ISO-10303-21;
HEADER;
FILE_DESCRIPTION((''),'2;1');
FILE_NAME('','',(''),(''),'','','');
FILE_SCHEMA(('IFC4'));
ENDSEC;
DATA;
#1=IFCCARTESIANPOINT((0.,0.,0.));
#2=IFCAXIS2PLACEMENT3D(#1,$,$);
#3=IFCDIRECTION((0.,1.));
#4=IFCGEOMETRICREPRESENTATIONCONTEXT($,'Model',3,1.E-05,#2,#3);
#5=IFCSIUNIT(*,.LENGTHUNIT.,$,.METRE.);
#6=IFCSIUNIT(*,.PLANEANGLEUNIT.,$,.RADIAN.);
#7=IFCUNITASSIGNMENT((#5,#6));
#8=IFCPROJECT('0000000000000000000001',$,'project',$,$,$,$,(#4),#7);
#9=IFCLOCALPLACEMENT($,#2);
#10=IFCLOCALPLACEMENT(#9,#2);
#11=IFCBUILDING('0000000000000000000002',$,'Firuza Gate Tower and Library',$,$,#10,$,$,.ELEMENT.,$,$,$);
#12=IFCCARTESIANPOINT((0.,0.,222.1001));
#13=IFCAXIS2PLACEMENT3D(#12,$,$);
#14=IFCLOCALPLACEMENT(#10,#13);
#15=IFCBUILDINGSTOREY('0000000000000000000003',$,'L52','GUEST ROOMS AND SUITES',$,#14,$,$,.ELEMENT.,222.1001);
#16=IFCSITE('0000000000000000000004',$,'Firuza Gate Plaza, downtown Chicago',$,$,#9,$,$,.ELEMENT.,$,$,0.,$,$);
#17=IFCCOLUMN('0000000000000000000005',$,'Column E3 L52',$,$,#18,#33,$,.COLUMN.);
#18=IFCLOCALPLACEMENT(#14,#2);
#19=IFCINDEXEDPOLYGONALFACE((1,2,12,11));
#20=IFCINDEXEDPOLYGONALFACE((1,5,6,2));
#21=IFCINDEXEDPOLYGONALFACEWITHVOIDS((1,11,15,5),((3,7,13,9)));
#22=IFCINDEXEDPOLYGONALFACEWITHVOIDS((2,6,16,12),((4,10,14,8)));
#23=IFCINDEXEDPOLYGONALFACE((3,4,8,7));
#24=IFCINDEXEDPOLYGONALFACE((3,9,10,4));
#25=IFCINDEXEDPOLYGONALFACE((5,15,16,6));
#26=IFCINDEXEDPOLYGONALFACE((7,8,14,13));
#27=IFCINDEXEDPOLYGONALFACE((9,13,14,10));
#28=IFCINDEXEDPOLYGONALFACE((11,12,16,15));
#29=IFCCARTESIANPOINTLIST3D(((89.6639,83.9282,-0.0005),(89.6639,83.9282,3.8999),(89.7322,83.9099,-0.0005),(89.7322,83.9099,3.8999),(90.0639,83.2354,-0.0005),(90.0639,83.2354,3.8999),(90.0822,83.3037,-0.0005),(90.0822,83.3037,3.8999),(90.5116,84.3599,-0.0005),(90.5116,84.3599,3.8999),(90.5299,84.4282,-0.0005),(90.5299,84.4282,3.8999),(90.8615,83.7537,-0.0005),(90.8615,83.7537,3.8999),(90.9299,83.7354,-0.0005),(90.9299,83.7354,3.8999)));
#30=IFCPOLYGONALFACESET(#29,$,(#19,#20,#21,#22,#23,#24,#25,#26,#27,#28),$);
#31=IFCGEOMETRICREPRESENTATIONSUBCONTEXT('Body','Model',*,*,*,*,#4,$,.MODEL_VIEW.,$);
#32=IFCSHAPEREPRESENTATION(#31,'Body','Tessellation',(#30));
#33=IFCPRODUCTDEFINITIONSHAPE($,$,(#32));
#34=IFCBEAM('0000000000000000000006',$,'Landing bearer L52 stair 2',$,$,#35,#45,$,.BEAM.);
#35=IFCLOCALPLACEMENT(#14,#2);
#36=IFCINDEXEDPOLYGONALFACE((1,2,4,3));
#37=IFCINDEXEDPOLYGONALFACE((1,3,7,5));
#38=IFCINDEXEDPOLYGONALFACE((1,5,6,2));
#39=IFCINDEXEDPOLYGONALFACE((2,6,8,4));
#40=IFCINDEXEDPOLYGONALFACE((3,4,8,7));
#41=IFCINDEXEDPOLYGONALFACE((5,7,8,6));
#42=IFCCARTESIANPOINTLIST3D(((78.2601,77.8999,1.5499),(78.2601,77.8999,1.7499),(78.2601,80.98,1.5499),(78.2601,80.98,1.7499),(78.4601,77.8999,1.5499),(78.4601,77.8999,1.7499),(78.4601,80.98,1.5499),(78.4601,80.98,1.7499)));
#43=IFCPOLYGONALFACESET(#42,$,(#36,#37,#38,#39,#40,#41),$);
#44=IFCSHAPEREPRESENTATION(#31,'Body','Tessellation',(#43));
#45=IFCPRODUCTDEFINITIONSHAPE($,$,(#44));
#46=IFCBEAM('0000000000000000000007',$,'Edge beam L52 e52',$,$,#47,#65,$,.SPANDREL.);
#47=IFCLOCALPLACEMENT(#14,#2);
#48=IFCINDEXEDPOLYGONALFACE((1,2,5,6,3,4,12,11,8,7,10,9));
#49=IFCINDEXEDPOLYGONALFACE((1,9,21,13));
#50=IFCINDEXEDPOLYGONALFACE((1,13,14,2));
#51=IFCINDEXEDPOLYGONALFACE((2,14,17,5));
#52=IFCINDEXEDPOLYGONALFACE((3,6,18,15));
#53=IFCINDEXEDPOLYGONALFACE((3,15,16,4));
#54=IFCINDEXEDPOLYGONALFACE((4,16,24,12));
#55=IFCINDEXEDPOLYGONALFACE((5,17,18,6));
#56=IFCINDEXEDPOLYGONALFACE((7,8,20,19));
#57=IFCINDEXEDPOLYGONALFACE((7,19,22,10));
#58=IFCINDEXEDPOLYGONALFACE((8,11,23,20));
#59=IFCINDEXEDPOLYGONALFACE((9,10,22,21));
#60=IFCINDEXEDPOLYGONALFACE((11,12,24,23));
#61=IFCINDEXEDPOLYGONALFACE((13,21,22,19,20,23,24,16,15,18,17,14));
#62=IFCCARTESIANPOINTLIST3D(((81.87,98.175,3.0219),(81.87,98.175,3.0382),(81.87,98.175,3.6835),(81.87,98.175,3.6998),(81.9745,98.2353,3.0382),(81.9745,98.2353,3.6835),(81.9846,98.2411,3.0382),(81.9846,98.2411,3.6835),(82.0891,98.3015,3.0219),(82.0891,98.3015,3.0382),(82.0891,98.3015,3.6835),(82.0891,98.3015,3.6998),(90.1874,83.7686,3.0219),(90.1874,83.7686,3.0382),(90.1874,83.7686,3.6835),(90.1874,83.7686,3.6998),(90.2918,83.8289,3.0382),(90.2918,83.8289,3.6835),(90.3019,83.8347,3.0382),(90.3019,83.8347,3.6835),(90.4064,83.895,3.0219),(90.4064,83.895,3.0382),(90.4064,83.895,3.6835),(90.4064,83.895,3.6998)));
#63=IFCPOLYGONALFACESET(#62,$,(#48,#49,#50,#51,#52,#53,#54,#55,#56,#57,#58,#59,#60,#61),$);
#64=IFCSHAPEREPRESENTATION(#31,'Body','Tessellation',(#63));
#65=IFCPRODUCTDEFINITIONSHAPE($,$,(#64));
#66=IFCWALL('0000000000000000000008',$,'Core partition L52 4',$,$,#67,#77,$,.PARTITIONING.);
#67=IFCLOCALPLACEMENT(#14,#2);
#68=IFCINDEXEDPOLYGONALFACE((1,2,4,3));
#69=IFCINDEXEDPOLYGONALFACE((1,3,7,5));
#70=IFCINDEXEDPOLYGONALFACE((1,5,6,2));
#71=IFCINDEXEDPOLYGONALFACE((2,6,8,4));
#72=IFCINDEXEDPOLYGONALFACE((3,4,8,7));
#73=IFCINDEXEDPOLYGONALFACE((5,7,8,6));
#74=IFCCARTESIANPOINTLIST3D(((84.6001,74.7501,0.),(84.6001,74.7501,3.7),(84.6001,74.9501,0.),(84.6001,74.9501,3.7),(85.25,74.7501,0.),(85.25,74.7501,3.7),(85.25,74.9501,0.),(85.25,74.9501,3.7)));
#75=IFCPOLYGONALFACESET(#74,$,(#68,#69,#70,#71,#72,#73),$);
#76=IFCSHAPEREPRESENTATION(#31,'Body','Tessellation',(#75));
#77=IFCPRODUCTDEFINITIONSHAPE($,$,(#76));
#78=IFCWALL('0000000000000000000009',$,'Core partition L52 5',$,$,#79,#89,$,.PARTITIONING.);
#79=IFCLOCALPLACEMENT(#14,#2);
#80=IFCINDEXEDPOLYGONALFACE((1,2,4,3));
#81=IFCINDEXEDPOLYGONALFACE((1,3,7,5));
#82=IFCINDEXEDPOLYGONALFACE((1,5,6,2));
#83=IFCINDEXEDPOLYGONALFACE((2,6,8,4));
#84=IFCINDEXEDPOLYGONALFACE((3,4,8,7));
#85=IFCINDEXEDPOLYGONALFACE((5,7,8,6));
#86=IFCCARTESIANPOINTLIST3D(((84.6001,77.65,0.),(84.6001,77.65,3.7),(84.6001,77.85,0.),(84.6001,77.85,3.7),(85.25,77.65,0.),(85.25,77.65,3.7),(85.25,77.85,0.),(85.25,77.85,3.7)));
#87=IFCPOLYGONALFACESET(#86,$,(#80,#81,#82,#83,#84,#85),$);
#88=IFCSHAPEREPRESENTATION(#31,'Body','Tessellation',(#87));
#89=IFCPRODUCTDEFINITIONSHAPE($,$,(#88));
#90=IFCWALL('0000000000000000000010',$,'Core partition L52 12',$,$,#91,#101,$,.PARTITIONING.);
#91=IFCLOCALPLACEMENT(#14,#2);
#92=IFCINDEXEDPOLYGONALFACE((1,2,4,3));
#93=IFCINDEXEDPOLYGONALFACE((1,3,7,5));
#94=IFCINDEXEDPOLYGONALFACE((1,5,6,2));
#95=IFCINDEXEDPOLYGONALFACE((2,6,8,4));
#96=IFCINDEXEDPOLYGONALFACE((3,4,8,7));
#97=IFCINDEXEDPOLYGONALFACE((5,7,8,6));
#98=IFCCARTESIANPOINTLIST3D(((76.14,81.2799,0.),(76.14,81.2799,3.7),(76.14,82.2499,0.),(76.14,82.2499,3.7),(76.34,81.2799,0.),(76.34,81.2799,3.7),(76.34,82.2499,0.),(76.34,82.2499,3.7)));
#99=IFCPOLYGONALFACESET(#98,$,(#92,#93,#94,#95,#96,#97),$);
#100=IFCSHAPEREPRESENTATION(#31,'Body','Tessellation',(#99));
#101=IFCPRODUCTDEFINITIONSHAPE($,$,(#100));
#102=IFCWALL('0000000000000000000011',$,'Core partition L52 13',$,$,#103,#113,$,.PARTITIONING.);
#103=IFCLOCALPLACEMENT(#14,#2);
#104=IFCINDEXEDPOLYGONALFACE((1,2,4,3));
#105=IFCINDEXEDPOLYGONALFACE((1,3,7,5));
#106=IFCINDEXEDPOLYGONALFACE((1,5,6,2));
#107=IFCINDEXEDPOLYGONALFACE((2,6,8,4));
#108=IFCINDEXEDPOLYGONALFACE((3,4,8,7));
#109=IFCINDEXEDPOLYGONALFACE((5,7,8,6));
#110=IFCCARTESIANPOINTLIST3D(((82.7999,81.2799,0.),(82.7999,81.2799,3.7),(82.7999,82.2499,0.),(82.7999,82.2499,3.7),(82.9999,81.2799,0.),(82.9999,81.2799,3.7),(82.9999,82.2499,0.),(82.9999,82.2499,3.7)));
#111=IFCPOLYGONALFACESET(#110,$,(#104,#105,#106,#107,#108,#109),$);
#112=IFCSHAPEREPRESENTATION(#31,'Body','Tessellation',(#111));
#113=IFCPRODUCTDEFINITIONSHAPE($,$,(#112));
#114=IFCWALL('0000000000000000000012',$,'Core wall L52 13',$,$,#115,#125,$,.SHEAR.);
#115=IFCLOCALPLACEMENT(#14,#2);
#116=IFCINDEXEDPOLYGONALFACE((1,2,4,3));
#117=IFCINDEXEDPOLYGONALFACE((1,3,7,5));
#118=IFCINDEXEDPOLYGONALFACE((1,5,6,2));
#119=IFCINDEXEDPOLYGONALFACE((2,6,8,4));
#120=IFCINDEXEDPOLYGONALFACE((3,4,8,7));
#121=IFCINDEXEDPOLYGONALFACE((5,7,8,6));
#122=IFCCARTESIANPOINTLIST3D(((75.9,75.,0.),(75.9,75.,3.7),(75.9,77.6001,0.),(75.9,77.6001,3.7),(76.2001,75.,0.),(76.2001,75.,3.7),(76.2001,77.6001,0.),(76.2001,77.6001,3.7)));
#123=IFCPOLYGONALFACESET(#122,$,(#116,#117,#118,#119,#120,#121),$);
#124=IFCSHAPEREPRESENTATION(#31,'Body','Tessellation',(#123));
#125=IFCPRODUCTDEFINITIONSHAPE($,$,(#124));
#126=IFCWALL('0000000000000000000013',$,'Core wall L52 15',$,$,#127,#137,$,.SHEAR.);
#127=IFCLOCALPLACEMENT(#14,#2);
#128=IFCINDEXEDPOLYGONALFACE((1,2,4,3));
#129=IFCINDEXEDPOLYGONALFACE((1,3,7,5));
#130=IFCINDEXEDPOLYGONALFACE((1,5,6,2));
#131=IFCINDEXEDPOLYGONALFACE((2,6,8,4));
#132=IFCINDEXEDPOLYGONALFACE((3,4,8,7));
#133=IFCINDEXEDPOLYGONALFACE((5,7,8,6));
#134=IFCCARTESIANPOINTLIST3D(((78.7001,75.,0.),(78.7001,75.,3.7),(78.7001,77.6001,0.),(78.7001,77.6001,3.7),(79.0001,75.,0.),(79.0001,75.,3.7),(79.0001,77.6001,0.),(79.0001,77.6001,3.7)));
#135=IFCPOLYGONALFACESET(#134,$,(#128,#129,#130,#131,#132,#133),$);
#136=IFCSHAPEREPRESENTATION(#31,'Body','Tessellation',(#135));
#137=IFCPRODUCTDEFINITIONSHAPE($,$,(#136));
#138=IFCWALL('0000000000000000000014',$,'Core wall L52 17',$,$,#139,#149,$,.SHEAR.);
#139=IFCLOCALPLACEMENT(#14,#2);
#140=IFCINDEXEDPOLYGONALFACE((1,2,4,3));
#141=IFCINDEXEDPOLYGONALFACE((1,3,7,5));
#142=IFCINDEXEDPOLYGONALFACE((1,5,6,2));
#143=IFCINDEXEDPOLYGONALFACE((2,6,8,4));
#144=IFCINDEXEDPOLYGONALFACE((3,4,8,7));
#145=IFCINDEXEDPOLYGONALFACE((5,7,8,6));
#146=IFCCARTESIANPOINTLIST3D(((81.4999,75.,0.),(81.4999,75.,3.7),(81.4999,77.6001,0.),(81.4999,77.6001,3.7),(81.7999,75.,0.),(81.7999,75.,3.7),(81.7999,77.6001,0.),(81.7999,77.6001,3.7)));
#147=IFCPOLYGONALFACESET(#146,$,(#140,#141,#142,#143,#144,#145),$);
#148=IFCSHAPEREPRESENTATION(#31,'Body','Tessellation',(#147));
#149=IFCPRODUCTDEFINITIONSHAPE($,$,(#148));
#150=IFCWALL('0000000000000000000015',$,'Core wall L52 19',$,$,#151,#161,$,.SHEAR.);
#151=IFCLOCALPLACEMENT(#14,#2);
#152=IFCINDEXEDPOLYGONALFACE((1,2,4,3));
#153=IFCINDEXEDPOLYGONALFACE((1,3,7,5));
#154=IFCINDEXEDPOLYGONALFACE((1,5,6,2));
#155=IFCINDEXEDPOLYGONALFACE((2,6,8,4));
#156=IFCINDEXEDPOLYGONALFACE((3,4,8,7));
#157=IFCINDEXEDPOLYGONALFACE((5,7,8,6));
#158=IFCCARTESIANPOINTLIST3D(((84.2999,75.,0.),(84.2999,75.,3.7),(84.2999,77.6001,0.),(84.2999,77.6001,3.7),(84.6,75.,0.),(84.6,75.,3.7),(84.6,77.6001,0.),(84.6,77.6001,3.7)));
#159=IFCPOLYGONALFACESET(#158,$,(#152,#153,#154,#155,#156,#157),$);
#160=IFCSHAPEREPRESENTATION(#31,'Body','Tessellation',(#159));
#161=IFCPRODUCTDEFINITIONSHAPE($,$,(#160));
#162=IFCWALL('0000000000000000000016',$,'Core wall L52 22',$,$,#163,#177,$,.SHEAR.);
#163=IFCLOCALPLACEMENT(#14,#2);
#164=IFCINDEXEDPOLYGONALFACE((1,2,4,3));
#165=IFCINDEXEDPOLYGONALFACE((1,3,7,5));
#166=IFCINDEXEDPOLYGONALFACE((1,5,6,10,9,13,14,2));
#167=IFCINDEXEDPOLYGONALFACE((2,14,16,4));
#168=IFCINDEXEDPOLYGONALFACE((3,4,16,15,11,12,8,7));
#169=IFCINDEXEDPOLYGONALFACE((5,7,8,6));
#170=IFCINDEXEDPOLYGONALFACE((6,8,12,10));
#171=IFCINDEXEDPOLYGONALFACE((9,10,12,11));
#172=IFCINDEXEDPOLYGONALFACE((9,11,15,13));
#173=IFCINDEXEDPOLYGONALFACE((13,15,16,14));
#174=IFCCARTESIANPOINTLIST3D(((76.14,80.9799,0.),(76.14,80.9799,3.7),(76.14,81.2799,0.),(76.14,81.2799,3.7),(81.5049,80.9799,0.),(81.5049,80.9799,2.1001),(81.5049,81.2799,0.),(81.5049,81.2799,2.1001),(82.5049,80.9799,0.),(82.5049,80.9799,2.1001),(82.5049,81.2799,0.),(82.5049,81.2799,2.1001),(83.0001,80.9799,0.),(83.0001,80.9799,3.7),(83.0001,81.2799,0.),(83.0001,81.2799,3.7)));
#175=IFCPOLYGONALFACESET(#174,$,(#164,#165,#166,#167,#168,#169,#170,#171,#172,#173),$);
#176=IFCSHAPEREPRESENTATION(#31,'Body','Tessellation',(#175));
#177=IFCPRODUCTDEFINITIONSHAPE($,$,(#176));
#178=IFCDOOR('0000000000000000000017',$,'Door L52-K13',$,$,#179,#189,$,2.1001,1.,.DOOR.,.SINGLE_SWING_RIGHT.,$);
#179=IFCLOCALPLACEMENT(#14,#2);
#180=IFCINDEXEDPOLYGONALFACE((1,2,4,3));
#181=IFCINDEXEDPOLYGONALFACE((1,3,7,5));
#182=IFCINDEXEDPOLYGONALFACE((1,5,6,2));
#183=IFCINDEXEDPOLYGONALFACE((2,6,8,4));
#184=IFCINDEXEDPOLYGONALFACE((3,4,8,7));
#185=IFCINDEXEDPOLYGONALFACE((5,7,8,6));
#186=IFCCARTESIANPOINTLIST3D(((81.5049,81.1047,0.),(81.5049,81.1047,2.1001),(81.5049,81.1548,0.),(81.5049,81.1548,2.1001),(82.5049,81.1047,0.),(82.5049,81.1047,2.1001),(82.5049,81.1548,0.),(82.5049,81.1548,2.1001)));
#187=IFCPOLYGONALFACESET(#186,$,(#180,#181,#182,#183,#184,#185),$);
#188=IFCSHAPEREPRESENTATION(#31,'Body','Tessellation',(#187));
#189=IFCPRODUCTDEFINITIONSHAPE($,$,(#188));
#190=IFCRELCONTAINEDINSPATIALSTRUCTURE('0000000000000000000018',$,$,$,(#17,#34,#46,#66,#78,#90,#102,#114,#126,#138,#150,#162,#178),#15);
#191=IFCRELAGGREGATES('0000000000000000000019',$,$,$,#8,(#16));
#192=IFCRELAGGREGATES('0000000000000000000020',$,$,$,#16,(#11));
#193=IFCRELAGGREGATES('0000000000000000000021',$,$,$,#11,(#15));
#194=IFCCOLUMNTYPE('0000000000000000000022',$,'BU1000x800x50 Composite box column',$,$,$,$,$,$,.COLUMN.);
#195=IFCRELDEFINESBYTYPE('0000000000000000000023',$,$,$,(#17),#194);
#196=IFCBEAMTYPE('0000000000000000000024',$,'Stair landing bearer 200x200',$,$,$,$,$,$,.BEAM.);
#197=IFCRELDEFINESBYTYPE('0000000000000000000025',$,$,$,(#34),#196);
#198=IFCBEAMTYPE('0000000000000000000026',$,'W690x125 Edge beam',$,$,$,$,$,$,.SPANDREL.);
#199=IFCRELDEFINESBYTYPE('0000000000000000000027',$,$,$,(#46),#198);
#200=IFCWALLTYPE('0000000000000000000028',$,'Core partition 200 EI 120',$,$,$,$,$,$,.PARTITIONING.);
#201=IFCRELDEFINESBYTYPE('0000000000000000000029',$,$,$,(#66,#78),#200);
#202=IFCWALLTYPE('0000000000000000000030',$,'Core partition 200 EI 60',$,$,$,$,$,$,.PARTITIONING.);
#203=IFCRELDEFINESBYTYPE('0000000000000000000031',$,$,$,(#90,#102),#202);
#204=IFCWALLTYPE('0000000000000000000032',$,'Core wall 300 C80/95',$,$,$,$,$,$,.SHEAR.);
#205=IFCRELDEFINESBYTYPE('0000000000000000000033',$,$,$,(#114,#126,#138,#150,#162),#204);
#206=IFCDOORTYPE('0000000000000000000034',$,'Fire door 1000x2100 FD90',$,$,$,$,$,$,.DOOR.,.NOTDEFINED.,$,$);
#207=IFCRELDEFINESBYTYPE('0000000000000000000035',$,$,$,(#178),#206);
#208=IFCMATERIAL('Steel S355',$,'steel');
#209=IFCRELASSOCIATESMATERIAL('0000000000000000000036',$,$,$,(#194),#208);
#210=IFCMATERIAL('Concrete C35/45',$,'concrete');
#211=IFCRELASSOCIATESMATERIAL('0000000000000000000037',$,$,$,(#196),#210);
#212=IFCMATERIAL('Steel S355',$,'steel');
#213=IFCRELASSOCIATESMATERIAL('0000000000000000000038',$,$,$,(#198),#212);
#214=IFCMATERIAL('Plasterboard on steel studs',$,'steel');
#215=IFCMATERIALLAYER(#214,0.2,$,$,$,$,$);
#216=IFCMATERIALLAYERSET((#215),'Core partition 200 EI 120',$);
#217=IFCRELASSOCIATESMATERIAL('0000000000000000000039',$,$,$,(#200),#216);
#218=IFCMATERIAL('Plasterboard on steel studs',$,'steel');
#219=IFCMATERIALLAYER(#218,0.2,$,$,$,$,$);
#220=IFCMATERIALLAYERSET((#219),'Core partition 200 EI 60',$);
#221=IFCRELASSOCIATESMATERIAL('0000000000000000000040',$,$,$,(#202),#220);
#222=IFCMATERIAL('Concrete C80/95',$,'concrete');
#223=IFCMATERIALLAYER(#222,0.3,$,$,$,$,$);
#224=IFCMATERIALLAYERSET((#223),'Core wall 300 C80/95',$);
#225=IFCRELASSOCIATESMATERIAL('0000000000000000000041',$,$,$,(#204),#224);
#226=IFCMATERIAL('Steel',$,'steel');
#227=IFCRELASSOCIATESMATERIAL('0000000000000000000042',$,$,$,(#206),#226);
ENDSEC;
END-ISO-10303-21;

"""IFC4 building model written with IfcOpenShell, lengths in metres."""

from ifc_helpers import new_model, si_unit, direction, frame, frame_2d, origin, origin_2d, place, context, subcontext, project, spatial, rectangle, hollow_rectangle, i_section, extrude, material, layer, layer_set, material_profile, profile_set, type_object, element, fill, save


model = new_model("IFC4")

# Units and contexts
model_context = context("Model", 3, precision=1e-05, world=origin(), true_north=direction((0.0, 1.0)))
body_context = subcontext(model_context, "Body", "Model", "MODEL_VIEW")
ifc_project = project(units=[si_unit("LENGTHUNIT", "METRE"), si_unit("PLANEANGLEUNIT", "RADIAN")], contexts=[model_context])

# Site, building, storey
site_placement = place(None, origin())
site = spatial("IfcSite", under=ifc_project, at=site_placement, Name="Firuza Gate Plaza, downtown Chicago", CompositionType="ELEMENT", RefElevation=0.0)
building_placement = place(site_placement, origin())
building = spatial("IfcBuilding", under=site, at=building_placement, Name="Firuza Gate Tower and Library", CompositionType="ELEMENT")
storey_placement = place(building_placement, frame((0.0, 0.0, 222.1001)))
storey = spatial("IfcBuildingStorey", under=building, at=storey_placement, Name="L52", Description="GUEST ROOMS AND SUITES", CompositionType="ELEMENT", Elevation=222.1001)

# Column
ifc_material_1 = material(Name="Steel S355", Category="steel")
ifc_material_profile_1 = material_profile(ifc_material_1, hollow_rectangle(XDim=0.8, YDim=1.0, WallThickness=0.05, at=origin_2d()))
ifc_profile_set_1 = profile_set([ifc_material_profile_1], Name="Steel S355")
column_type = type_object("IfcColumnType", Name="BU1000x800x50 Composite box column", PredefinedType="COLUMN", material=ifc_profile_set_1)
column_placement = place(storey_placement, frame((90.2969, 83.8318, -0.0005), z_axis=(0.0, 0.0, 1.0), x_axis=(-0.5, 0.866025, 0.0)))
element("IfcColumn", 1, at=column_placement, inside=storey, type_object=column_type, Name="Column E3 L52", PredefinedType="COLUMN", context=body_context, shape_type="SweptSolid", body=[
    extrude(hollow_rectangle(XDim=0.8, YDim=1.0, WallThickness=0.05, at=origin_2d()), origin(), (0.0, 0.0, 1.0), 3.9004),
])

# Beams
ifc_material_2 = material(Name="Concrete C35/45", Category="concrete")
ifc_material_profile_2 = material_profile(ifc_material_2, rectangle(XDim=0.2, YDim=0.2, at=origin_2d()))
ifc_profile_set_2 = profile_set([ifc_material_profile_2], Name="Concrete C35/45")
beam_type_1 = type_object("IfcBeamType", Name="Stair landing bearer 200x200", PredefinedType="BEAM", material=ifc_profile_set_2)
beam_1_placement = place(storey_placement, frame((78.3601, 80.98, 1.6499), z_axis=(0.0, -1.0, 0.0), x_axis=(1.0, 0.0, 0.0)))
element("IfcBeam", 2, at=beam_1_placement, inside=storey, type_object=beam_type_1, Name="Landing bearer L52 stair 2", PredefinedType="BEAM", context=body_context, shape_type="SweptSolid", body=[
    extrude(rectangle(XDim=0.2, YDim=0.2, at=origin_2d()), origin(), (0.0, 0.0, 1.0), 3.0801),
])
ifc_material_3 = material(Name="Steel S355", Category="steel")
ifc_material_profile_3 = material_profile(ifc_material_3, i_section(OverallWidth=0.2529, OverallDepth=0.678, WebThickness=0.0117, FlangeThickness=0.0164, at=origin_2d()))
ifc_profile_set_3 = profile_set([ifc_material_profile_3], Name="Steel S355")
beam_type_2 = type_object("IfcBeamType", Name="W690x125 Edge beam", PredefinedType="SPANDREL", material=ifc_profile_set_3)
beam_2_placement = place(storey_placement, frame((90.2969, 83.8318, 3.3608), z_axis=(-0.499991, 0.866031, 0.0), x_axis=(-0.866031, -0.499991, 0.0)))
element("IfcBeam", 3, at=beam_2_placement, inside=storey, type_object=beam_type_2, Name="Edge beam L52 e52", PredefinedType="SPANDREL", context=body_context, shape_type="SweptSolid", body=[
    extrude(i_section(OverallWidth=0.2529, OverallDepth=0.678, WebThickness=0.0117, FlangeThickness=0.0164, at=origin_2d()), origin(), (0.0, 0.0, 1.0), 16.635),
])

# Walls
ifc_material_4 = material(Name="Plasterboard on steel studs", Category="steel")
ifc_layer_1 = layer(ifc_material_4, 0.2)
ifc_layer_set_1 = layer_set([ifc_layer_1], Name="Core partition 200 EI 120")
wall_type_1 = type_object("IfcWallType", Name="Core partition 200 EI 120", PredefinedType="PARTITIONING", material=ifc_layer_set_1)
for number, where, z_axis, x_axis, name in (
    (4, (84.6001, 74.8501, 0.0), (0.0, 0.0, 1.0), (1.0, 0.0, 0.0), "Core partition L52 4"),
    (5, (84.6001, 77.75, 0.0), (0.0, 0.0, 1.0), (1.0, 0.0, 0.0), "Core partition L52 5"),
):
    element("IfcWall", number, at=place(storey_placement, frame(where, z_axis=z_axis, x_axis=x_axis)), inside=storey, type_object=wall_type_1, Name=name, PredefinedType="PARTITIONING", context=body_context, shape_type="SweptSolid", body=[
        extrude(rectangle(XDim=0.6499, YDim=0.2, at=frame_2d((0.325, 0.0))), origin(), (0.0, 0.0, 1.0), 3.7),
    ])
ifc_material_5 = material(Name="Plasterboard on steel studs", Category="steel")
ifc_layer_2 = layer(ifc_material_5, 0.2)
ifc_layer_set_2 = layer_set([ifc_layer_2], Name="Core partition 200 EI 60")
wall_type_2 = type_object("IfcWallType", Name="Core partition 200 EI 60", PredefinedType="PARTITIONING", material=ifc_layer_set_2)
for number, where, z_axis, x_axis, name in (
    (6, (76.24, 81.28, 0.0), (0.0, 0.0, 1.0), (0.0, 1.0, 0.0), "Core partition L52 12"),
    (7, (82.8999, 81.28, 0.0), (0.0, 0.0, 1.0), (0.0, 1.0, 0.0), "Core partition L52 13"),
):
    element("IfcWall", number, at=place(storey_placement, frame(where, z_axis=z_axis, x_axis=x_axis)), inside=storey, type_object=wall_type_2, Name=name, PredefinedType="PARTITIONING", context=body_context, shape_type="SweptSolid", body=[
        extrude(rectangle(XDim=0.97, YDim=0.2, at=frame_2d((0.4849, 0.0))), origin(), (0.0, 0.0, 1.0), 3.7),
    ])
ifc_material_6 = material(Name="Concrete C80/95", Category="concrete")
ifc_layer_3 = layer(ifc_material_6, 0.3)
ifc_layer_set_3 = layer_set([ifc_layer_3], Name="Core wall 300 C80/95")
wall_type_3 = type_object("IfcWallType", Name="Core wall 300 C80/95", PredefinedType="SHEAR", material=ifc_layer_set_3)
for number, where, z_axis, x_axis, name in (
    (8, (76.05, 75.0, 0.0), (0.0, 0.0, 1.0), (0.0, 1.0, 0.0), "Core wall L52 13"),
    (9, (78.8501, 75.0, 0.0), (0.0, 0.0, 1.0), (0.0, 1.0, 0.0), "Core wall L52 15"),
    (10, (81.6499, 75.0, 0.0), (0.0, 0.0, 1.0), (0.0, 1.0, 0.0), "Core wall L52 17"),
    (11, (84.45, 75.0, 0.0), (0.0, 0.0, 1.0), (0.0, 1.0, 0.0), "Core wall L52 19"),
):
    element("IfcWall", number, at=place(storey_placement, frame(where, z_axis=z_axis, x_axis=x_axis)), inside=storey, type_object=wall_type_3, Name=name, PredefinedType="SHEAR", context=body_context, shape_type="SweptSolid", body=[
        extrude(rectangle(XDim=2.6001, YDim=0.3, at=frame_2d((1.3, 0.0))), origin(), (0.0, 0.0, 1.0), 3.7),
    ])

# Wall, opening, door
wall_1_placement = place(storey_placement, frame((76.1399, 81.1299, 0.0), z_axis=(0.0, 0.0, 1.0), x_axis=(1.0, 0.0, 0.0)))
wall_1 = element("IfcWall", 12, at=wall_1_placement, inside=storey, type_object=wall_type_3, Name="Core wall L52 22", PredefinedType="SHEAR", context=body_context, shape_type="SweptSolid", body=[
    extrude(rectangle(XDim=6.8601, YDim=0.3, at=frame_2d((3.4302, 0.0))), origin(), (0.0, 0.0, 1.0), 3.7),
])
opening_1_placement = place(wall_1_placement, frame((5.365, 0.0, 0.0)))
opening_1 = element("IfcOpeningElement", 13, at=opening_1_placement, cuts=wall_1, PredefinedType="OPENING", context=body_context, shape_type="SweptSolid", body=[
    extrude(rectangle(XDim=1.0, YDim=2.1001, at=frame_2d((0.5, 1.05))), frame((0.0, 0.1602, 0.0), z_axis=(0.0, -1.0, 0.0), x_axis=(1.0, 0.0, 0.0)), (0.0, 0.0, 1.0), 0.3201),
])
ifc_material_7 = material(Name="Steel", Category="steel")
door_type_1 = type_object("IfcDoorType", Name="Fire door 1000x2100 FD90", OperationType="NOTDEFINED", PredefinedType="DOOR", material=ifc_material_7)
door_1_placement = place(opening_1_placement, origin())
door_1 = element("IfcDoor", 14, at=door_1_placement, inside=storey, type_object=door_type_1, Name="Door L52-K13", OperationType="SINGLE_SWING_RIGHT", OverallHeight=2.1001, OverallWidth=1.0, PredefinedType="DOOR", context=body_context, shape_type="SweptSolid", body=[
    extrude(rectangle(XDim=1.0, YDim=2.1001, at=frame_2d((0.5, 1.05))), frame((0.0, 0.0249, 0.0), z_axis=(0.0, -1.0, 0.0), x_axis=(1.0, 0.0, 0.0)), (0.0, 0.0, 1.0), 0.05),
])
fill(opening_1, door_1)

save(model, "model.ifc")
